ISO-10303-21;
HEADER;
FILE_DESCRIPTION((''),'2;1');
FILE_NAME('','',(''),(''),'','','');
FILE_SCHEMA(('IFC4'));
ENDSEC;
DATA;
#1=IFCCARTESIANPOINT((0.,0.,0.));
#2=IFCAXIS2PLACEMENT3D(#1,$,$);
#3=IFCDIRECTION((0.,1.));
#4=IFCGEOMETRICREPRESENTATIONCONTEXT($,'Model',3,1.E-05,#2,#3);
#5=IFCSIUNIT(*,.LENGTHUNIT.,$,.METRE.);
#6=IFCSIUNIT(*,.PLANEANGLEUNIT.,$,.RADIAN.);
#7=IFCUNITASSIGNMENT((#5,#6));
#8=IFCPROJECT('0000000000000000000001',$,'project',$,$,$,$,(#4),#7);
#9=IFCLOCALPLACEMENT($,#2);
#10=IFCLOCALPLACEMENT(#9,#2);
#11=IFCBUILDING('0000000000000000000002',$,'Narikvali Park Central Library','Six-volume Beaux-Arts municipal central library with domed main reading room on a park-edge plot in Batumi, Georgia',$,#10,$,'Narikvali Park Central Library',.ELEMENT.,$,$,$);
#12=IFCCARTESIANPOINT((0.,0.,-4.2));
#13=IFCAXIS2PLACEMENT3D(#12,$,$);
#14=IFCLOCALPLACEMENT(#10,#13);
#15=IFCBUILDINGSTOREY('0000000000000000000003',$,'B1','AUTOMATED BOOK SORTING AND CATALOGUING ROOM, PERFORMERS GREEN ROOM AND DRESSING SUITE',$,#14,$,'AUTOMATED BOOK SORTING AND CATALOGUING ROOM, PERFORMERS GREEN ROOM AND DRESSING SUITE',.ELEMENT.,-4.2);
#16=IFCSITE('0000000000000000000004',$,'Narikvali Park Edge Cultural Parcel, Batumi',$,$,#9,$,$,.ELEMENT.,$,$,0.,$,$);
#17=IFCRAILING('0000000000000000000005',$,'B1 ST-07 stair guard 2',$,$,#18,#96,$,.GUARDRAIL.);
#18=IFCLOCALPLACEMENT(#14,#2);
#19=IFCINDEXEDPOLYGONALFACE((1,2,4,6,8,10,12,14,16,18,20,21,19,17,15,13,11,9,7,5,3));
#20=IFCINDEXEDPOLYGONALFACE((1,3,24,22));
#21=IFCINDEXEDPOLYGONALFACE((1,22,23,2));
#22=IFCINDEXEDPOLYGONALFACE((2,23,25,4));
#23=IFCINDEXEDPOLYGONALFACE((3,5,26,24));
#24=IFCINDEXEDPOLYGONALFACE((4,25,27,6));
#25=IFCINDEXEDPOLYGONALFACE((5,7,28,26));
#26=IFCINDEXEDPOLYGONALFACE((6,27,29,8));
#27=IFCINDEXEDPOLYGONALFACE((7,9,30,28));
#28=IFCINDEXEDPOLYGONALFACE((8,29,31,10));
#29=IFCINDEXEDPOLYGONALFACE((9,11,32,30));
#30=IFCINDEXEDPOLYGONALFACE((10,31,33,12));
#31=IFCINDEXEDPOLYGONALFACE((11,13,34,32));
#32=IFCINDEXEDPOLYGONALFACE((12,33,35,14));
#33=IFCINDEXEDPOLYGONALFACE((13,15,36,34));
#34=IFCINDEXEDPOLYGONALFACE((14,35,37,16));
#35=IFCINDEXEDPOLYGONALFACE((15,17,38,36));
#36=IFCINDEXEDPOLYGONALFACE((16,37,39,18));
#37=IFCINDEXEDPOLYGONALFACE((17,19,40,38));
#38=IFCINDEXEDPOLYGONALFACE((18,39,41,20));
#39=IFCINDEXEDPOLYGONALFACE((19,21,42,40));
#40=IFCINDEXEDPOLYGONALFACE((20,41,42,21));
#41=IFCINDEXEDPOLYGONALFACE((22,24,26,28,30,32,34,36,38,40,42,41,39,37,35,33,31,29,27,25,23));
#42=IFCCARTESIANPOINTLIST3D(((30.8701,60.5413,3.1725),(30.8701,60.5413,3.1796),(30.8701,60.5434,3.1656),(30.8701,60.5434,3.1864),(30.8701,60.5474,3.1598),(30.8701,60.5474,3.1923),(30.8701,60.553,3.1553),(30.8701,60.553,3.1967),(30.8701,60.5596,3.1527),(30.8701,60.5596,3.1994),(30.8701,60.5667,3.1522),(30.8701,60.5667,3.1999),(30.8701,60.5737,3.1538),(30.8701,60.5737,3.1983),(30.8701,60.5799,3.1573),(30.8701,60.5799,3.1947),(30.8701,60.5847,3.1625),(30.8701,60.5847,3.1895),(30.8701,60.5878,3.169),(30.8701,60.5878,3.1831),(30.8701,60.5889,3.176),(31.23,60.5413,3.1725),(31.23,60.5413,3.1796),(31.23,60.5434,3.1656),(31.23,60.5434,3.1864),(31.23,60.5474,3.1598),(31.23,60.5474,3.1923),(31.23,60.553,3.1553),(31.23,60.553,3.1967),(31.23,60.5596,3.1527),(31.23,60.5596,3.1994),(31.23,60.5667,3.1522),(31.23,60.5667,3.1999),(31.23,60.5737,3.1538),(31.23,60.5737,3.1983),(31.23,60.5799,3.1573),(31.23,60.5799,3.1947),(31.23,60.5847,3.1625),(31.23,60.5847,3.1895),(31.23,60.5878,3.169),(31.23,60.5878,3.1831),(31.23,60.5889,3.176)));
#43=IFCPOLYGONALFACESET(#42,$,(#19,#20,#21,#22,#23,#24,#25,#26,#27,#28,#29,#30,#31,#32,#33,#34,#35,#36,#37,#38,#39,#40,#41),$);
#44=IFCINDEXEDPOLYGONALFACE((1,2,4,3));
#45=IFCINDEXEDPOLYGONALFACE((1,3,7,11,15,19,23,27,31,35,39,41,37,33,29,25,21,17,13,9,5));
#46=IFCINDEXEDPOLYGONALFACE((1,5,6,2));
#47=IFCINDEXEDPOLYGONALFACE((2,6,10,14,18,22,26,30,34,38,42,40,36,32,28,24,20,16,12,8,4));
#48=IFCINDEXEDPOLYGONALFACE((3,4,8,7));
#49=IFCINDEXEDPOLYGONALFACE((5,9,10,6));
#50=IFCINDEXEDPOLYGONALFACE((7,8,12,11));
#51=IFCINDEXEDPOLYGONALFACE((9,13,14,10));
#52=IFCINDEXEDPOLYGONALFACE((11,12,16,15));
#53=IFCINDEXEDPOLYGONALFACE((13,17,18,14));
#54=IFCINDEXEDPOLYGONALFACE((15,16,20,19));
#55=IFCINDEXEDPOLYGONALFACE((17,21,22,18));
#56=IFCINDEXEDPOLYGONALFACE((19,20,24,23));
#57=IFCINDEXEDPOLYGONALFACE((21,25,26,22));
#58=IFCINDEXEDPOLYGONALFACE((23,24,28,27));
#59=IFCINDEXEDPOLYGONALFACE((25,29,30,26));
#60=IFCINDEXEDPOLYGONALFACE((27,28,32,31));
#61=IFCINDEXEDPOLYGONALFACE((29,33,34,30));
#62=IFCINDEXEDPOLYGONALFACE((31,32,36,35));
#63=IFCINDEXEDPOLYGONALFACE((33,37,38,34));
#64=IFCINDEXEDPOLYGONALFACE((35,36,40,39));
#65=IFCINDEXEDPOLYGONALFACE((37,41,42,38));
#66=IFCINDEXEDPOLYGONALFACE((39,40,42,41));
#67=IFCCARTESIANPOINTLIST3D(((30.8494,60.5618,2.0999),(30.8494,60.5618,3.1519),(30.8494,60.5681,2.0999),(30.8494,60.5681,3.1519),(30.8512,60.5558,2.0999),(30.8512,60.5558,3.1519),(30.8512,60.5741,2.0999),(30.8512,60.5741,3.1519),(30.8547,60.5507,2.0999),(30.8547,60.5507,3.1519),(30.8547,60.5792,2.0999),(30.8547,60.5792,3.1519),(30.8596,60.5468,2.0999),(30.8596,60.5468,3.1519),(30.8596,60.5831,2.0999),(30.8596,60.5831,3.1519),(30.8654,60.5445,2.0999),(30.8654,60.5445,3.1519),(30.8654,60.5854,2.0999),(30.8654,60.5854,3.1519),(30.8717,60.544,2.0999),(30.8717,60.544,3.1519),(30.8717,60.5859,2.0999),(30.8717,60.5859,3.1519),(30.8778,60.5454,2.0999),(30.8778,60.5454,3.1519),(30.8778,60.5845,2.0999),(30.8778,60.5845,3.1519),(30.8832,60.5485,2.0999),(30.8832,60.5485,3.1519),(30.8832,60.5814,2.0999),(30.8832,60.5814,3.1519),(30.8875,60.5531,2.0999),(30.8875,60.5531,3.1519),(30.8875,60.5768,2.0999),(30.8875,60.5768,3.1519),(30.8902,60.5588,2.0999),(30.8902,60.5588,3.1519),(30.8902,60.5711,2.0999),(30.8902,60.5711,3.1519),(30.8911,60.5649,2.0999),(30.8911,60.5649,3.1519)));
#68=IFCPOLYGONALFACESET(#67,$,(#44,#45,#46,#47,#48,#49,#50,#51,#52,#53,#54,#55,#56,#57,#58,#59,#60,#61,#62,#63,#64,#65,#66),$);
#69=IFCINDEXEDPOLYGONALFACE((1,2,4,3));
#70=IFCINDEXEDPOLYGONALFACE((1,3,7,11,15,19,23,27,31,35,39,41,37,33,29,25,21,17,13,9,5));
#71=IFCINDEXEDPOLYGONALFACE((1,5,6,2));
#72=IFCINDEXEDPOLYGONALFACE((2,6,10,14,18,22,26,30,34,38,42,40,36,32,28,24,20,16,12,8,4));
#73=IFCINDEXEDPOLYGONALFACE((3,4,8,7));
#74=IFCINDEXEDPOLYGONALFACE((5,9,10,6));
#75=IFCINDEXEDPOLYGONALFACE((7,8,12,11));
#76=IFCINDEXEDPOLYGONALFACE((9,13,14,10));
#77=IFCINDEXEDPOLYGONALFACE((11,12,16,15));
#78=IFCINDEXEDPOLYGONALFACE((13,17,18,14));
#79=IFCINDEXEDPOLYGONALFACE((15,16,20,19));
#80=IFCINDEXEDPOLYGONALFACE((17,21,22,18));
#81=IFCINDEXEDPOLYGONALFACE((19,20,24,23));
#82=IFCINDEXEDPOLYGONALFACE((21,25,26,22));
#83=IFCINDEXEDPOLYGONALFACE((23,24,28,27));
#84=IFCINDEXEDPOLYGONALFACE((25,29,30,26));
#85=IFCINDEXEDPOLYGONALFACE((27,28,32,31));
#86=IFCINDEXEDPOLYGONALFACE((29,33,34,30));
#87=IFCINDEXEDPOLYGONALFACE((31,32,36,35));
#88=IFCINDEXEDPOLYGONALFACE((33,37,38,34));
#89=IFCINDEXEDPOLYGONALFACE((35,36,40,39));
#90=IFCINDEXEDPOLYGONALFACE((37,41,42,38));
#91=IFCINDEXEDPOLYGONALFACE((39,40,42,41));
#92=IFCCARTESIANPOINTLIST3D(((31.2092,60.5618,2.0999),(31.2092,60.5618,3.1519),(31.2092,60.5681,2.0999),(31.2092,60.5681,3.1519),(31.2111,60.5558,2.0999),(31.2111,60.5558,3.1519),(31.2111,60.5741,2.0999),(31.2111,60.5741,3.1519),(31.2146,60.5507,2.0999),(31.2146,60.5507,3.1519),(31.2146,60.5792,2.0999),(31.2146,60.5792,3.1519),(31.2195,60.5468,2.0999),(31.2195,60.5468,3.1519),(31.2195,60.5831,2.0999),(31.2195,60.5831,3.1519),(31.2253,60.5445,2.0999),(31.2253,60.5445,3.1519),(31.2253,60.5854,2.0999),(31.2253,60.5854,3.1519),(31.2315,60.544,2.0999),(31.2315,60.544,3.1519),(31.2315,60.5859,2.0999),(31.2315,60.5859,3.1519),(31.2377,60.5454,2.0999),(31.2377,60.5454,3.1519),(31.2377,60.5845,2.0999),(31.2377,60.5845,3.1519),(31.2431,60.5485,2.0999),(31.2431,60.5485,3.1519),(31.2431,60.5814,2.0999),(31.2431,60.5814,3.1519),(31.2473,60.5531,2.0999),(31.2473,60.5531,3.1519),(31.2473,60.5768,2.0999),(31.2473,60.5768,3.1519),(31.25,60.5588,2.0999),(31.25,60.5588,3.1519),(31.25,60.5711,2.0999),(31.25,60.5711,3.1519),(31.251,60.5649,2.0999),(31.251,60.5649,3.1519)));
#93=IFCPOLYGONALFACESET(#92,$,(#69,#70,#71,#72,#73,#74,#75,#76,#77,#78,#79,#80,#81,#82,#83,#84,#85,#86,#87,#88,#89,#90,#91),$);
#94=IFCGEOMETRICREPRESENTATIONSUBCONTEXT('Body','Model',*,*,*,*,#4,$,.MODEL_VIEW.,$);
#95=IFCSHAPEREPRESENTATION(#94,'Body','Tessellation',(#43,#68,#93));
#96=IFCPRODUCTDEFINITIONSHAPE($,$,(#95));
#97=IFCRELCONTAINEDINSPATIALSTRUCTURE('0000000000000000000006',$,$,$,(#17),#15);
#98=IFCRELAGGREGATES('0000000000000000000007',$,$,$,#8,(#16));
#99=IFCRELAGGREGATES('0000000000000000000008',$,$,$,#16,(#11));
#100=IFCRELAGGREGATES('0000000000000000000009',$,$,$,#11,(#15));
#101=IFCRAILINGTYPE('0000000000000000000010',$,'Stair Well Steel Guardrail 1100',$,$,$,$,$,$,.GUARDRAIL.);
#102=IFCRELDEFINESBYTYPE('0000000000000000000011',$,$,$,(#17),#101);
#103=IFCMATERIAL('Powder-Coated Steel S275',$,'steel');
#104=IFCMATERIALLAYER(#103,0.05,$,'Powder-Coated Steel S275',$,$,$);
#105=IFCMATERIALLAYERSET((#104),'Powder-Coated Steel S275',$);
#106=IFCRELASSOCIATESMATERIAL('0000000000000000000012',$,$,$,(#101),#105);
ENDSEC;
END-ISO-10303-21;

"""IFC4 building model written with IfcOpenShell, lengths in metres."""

from ifc_helpers import new_model, si_unit, direction, frame, origin, origin_2d, place, context, subcontext, project, spatial, circle, extrude, material, layer, layer_set, type_object, element, save


model = new_model("IFC4")

# Units and contexts
model_context = context("Model", 3, precision=1e-05, world=origin(), true_north=direction((0.0, 1.0)))
body_context = subcontext(model_context, "Body", "Model", "MODEL_VIEW")
ifc_project = project(units=[si_unit("LENGTHUNIT", "METRE"), si_unit("PLANEANGLEUNIT", "RADIAN")], contexts=[model_context])

# Site, building, storey
site_placement = place(None, origin())
site = spatial("IfcSite", under=ifc_project, at=site_placement, Name="Narikvali Park Edge Cultural Parcel, Batumi", CompositionType="ELEMENT", RefElevation=0.0)
building_placement = place(site_placement, origin())
building = spatial("IfcBuilding", under=site, at=building_placement, Name="Narikvali Park Central Library", Description="Six-volume Beaux-Arts municipal central library with domed main reading room on a park-edge plot in Batumi, Georgia", LongName="Narikvali Park Central Library", CompositionType="ELEMENT")
storey_placement = place(building_placement, frame((0.0, 0.0, -4.2)))
storey = spatial("IfcBuildingStorey", under=building, at=storey_placement, Name="B1", Description="AUTOMATED BOOK SORTING AND CATALOGUING ROOM, PERFORMERS GREEN ROOM AND DRESSING SUITE", LongName="AUTOMATED BOOK SORTING AND CATALOGUING ROOM, PERFORMERS GREEN ROOM AND DRESSING SUITE", CompositionType="ELEMENT", Elevation=-4.2)

# Railing
ifc_material_1 = material(Name="Powder-Coated Steel S275", Category="steel")
ifc_layer_1 = layer(ifc_material_1, 0.05, Name="Powder-Coated Steel S275")
ifc_layer_set_1 = layer_set([ifc_layer_1], Name="Powder-Coated Steel S275")
railing_type_1 = type_object("IfcRailingType", Name="Stair Well Steel Guardrail 1100", PredefinedType="GUARDRAIL", material=ifc_layer_set_1)
railing_1_placement = place(storey_placement, frame((30.8701, 60.5649, 2.0999)))
element("IfcRailing", 1, at=railing_1_placement, inside=storey, type_object=railing_type_1, Name="B1 ST-07 stair guard 2", PredefinedType="GUARDRAIL", context=body_context, shape_type="SweptSolid", body=[
    extrude(circle(Radius=0.0239, at=origin_2d()), frame((0.0, 0.0, 1.0762), z_axis=(1.0, 0.0, 0.0), x_axis=(0.0, 1.0, 0.0)), (0.0, 0.0, 1.0), 0.3599),
    extrude(circle(Radius=0.021, at=origin_2d()), origin(), (0.0, 0.0, 1.0), 1.052),
    extrude(circle(Radius=0.021, at=origin_2d()), frame((0.3599, 0.0, 0.0)), (0.0, 0.0, 1.0), 1.052),
])

save(model, "model.ifc")
